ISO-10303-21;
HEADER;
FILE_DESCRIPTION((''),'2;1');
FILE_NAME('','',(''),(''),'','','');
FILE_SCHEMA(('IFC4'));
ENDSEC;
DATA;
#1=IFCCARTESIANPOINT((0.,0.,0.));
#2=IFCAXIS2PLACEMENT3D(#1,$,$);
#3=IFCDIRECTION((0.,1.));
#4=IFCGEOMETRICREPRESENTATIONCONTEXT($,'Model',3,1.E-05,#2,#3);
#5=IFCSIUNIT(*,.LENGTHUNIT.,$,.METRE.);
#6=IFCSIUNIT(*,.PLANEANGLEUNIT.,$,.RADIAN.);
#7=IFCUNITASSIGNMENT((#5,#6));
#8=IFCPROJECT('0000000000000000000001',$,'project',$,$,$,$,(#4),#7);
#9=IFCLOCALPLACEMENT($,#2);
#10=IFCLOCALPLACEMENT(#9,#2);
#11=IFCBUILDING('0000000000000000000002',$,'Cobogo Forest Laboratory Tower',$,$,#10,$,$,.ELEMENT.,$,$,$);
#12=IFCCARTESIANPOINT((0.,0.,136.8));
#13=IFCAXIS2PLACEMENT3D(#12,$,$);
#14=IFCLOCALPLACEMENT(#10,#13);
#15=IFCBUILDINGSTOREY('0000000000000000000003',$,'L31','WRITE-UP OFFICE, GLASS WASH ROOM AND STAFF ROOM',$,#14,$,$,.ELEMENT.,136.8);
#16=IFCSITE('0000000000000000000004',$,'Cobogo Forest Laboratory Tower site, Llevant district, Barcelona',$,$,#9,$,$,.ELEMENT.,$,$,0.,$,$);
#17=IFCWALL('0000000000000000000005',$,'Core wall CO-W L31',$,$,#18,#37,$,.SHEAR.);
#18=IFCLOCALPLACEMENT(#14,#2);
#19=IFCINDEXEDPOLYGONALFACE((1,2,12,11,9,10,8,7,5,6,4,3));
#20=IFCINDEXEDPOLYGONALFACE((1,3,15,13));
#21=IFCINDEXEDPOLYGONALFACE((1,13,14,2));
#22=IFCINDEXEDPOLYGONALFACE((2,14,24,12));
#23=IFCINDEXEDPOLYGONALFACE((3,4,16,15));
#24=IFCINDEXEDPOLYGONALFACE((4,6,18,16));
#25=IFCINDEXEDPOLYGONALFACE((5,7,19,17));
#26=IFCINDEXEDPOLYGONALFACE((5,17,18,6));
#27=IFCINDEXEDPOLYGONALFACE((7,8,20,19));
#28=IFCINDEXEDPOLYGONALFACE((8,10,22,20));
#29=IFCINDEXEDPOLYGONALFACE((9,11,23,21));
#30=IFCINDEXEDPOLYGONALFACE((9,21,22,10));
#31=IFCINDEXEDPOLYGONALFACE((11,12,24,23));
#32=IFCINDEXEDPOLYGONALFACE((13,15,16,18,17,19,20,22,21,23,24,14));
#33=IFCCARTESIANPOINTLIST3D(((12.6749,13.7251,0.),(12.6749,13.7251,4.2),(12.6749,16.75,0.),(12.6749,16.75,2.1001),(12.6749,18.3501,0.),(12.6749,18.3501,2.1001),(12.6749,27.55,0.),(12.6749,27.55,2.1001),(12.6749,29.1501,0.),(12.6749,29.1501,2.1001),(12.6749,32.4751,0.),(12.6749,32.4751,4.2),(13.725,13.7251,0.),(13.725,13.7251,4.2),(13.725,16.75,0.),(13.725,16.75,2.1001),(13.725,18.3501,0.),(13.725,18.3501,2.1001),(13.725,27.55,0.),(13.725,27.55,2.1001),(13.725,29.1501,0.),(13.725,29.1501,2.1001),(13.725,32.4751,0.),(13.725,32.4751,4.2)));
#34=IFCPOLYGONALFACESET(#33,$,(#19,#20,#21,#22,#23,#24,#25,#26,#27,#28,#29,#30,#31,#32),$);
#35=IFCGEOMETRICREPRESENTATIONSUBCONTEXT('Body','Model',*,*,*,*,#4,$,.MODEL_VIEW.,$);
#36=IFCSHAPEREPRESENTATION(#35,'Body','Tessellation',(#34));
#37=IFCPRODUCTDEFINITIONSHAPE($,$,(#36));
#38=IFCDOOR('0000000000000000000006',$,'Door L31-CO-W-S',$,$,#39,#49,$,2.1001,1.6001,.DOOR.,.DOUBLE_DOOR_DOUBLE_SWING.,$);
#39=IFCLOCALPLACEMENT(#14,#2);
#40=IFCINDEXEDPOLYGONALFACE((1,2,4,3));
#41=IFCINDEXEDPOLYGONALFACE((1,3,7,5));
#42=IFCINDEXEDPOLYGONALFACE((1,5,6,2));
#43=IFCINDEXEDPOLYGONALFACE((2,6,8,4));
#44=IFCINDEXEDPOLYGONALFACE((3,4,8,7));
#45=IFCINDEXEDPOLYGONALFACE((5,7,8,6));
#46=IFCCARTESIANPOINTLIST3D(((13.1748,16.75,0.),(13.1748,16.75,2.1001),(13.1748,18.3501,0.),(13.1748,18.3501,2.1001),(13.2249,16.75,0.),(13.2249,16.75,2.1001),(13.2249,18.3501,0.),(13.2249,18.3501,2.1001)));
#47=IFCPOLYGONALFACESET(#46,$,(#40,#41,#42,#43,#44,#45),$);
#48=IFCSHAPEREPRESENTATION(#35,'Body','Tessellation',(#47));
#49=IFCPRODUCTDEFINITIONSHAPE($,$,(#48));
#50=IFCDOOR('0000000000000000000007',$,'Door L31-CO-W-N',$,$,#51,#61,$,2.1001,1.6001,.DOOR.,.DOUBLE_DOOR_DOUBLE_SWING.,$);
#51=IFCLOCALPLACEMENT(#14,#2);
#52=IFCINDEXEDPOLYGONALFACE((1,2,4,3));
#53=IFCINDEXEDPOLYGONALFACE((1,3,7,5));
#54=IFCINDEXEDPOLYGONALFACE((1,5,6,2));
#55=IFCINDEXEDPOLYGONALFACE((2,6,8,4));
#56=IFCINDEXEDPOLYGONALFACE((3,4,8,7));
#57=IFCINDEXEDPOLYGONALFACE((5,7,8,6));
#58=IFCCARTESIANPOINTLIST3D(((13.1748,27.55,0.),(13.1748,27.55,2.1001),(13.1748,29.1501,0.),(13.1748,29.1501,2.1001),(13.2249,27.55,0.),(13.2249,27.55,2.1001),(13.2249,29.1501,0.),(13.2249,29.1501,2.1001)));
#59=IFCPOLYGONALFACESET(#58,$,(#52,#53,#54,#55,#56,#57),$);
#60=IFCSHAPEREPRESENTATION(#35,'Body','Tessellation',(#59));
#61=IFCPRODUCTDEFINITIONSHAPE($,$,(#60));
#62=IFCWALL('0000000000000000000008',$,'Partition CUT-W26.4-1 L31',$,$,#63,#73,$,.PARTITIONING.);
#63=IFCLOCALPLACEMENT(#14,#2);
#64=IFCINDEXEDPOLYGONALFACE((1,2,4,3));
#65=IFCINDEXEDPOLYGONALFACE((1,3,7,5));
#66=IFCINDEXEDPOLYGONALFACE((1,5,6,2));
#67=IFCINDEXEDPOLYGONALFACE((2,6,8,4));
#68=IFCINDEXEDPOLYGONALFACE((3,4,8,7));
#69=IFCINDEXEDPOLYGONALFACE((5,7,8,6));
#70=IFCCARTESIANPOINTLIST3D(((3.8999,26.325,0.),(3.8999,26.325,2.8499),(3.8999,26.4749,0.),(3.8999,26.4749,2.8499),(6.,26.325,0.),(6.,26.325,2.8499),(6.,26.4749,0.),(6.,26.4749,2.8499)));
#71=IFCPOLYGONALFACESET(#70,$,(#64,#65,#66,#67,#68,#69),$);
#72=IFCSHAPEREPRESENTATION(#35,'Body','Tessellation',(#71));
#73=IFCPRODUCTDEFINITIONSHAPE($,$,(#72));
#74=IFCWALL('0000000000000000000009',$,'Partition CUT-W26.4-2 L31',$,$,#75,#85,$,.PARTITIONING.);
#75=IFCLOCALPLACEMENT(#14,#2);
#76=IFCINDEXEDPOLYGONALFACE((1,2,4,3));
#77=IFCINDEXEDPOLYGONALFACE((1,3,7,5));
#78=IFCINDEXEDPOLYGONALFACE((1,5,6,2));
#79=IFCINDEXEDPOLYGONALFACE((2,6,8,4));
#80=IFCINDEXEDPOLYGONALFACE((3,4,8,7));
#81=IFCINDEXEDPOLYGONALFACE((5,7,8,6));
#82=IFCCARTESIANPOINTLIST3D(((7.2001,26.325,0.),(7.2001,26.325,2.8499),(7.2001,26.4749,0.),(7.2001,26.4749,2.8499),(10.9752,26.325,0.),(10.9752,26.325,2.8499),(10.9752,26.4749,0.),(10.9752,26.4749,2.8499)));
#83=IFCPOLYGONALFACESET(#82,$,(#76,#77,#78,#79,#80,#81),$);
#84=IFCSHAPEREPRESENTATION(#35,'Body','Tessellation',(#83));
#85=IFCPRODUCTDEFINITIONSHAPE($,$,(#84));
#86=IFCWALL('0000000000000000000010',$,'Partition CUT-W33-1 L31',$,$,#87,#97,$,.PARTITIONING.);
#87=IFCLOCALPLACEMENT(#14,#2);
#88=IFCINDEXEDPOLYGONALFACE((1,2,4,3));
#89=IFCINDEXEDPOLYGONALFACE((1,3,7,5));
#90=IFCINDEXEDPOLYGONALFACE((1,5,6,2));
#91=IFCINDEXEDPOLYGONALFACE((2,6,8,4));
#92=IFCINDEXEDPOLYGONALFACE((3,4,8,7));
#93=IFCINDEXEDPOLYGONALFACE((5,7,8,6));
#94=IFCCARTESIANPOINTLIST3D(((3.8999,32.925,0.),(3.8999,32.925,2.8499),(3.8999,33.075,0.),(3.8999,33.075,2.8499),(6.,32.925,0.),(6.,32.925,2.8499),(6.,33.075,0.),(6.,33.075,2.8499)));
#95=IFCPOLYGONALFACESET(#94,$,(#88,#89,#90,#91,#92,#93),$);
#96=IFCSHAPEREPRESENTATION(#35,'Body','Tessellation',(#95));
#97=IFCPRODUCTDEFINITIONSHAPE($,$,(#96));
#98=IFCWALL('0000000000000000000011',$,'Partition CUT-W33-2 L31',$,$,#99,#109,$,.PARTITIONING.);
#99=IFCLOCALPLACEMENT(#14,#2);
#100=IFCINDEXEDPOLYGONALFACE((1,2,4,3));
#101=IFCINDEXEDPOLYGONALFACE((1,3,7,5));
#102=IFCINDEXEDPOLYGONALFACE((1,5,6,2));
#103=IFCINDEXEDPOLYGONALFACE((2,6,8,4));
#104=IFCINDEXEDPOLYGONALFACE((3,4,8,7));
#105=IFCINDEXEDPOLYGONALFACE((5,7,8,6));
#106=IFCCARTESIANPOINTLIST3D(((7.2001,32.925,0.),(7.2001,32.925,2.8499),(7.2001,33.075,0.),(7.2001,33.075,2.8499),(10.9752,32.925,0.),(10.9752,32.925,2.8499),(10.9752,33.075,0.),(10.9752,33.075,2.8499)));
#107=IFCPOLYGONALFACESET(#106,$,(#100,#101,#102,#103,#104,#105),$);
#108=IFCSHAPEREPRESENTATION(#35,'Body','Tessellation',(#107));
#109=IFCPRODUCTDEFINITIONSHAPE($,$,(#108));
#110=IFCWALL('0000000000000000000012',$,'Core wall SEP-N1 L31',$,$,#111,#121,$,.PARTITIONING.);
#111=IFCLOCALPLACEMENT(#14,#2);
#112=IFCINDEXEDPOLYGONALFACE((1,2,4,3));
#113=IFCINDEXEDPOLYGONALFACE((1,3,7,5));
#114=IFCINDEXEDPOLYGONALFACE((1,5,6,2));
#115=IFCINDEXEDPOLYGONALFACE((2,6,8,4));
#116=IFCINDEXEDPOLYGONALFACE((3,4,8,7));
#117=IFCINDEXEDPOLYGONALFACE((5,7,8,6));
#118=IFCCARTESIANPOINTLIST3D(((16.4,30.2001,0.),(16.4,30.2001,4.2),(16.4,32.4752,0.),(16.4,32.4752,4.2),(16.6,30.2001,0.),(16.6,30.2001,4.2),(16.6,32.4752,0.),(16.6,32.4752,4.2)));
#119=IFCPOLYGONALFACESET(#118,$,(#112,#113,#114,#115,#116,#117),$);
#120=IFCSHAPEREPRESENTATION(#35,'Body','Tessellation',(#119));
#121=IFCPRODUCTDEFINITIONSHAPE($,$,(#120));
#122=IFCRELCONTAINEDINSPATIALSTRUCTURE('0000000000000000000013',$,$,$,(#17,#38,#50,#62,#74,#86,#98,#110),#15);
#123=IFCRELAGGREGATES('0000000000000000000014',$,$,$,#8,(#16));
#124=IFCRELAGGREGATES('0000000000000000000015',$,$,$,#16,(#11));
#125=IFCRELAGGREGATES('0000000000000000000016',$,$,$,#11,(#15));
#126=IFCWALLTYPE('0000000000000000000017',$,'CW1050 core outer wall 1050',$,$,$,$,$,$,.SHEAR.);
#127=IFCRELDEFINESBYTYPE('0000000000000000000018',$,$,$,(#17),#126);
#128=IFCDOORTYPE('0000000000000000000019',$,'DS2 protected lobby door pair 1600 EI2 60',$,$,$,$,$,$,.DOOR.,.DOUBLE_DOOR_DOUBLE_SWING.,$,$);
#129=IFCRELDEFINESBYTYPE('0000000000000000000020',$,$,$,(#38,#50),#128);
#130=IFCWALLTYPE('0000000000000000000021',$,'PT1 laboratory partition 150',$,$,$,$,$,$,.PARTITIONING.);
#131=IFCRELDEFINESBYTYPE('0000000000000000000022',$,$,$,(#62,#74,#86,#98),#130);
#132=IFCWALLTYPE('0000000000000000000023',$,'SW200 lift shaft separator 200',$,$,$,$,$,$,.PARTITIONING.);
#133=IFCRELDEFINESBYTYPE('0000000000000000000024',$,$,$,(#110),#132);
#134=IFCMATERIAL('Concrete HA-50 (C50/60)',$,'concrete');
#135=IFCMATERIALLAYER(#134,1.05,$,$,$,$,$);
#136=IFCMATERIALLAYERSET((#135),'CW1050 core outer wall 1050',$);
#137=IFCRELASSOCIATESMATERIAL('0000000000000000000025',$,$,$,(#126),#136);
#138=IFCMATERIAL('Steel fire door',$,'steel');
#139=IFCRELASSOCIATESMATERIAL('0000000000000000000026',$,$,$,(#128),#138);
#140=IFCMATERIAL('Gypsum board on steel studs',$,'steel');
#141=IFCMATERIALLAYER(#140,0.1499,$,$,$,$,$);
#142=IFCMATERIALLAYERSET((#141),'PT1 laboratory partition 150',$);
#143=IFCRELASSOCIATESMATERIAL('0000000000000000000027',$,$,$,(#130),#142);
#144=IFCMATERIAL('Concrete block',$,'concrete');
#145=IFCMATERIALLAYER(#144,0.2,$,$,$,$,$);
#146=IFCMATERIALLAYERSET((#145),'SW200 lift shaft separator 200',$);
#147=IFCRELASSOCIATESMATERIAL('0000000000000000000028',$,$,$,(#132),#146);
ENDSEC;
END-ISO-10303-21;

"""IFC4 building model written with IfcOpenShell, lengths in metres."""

from ifc_helpers import new_model, si_unit, direction, frame, frame_2d, origin, place, context, subcontext, project, spatial, rectangle, extrude, material, layer, layer_set, type_object, element, fill, save


model = new_model("IFC4")

# Units and contexts
model_context = context("Model", 3, precision=1e-05, world=origin(), true_north=direction((0.0, 1.0)))
body_context = subcontext(model_context, "Body", "Model", "MODEL_VIEW")
ifc_project = project(units=[si_unit("LENGTHUNIT", "METRE"), si_unit("PLANEANGLEUNIT", "RADIAN")], contexts=[model_context])

# Site, building, storey
site_placement = place(None, origin())
site = spatial("IfcSite", under=ifc_project, at=site_placement, Name="Cobogo Forest Laboratory Tower site, Llevant district, Barcelona", CompositionType="ELEMENT", RefElevation=0.0)
building_placement = place(site_placement, origin())
building = spatial("IfcBuilding", under=site, at=building_placement, Name="Cobogo Forest Laboratory Tower", CompositionType="ELEMENT")
storey_placement = place(building_placement, frame((0.0, 0.0, 136.8)))
storey = spatial("IfcBuildingStorey", under=building, at=storey_placement, Name="L31", Description="WRITE-UP OFFICE, GLASS WASH ROOM AND STAFF ROOM", CompositionType="ELEMENT", Elevation=136.8)

# Shared definitions
ifc_material_1 = material(Name="Concrete HA-50 (C50/60)", Category="concrete")

# Shared definitions
ifc_material_2 = material(Name="Steel fire door", Category="steel")

# Wall, openings, doors
ifc_layer_1 = layer(ifc_material_1, 1.05)
ifc_layer_set_1 = layer_set([ifc_layer_1], Name="CW1050 core outer wall 1050")
wall_type_1 = type_object("IfcWallType", Name="CW1050 core outer wall 1050", PredefinedType="SHEAR", material=ifc_layer_set_1)
wall_1_placement = place(storey_placement, frame((13.2, 32.4751, 0.0), z_axis=(0.0, 0.0, 1.0), x_axis=(0.0, -1.0, 0.0)))
wall_1 = element("IfcWall", 1, at=wall_1_placement, inside=storey, type_object=wall_type_1, Name="Core wall CO-W L31", PredefinedType="SHEAR", context=body_context, shape_type="SweptSolid", body=[
    extrude(rectangle(XDim=18.75, YDim=1.05, at=frame_2d((9.375, 0.0))), origin(), (0.0, 0.0, 1.0), 4.2),
])
opening_1_placement = place(wall_1_placement, frame((14.125, 0.0, 0.0)))
opening_1 = element("IfcOpeningElement", 2, at=opening_1_placement, cuts=wall_1, PredefinedType="OPENING", context=body_context, shape_type="SweptSolid", body=[
    extrude(rectangle(XDim=1.6001, YDim=2.1001, at=frame_2d((0.8, 1.05))), frame((0.0, 0.5349, 0.0), z_axis=(0.0, -1.0, 0.0), x_axis=(1.0, 0.0, 0.0)), (0.0, 0.0, 1.0), 1.0701),
])
opening_2_placement = place(wall_1_placement, frame((3.325, 0.0, 0.0)))
opening_2 = element("IfcOpeningElement", 3, at=opening_2_placement, cuts=wall_1, PredefinedType="OPENING", context=body_context, shape_type="SweptSolid", body=[
    extrude(rectangle(XDim=1.6001, YDim=2.1001, at=frame_2d((0.8, 1.05))), frame((0.0, 0.5349, 0.0), z_axis=(0.0, -1.0, 0.0), x_axis=(1.0, 0.0, 0.0)), (0.0, 0.0, 1.0), 1.0701),
])
door_type_1 = type_object("IfcDoorType", Name="DS2 protected lobby door pair 1600 EI2 60", OperationType="DOUBLE_DOOR_DOUBLE_SWING", PredefinedType="DOOR", material=ifc_material_2)
door_1_placement = place(opening_1_placement, origin())
door_1 = element("IfcDoor", 4, at=door_1_placement, inside=storey, type_object=door_type_1, Name="Door L31-CO-W-S", OperationType="DOUBLE_DOOR_DOUBLE_SWING", OverallHeight=2.1001, OverallWidth=1.6001, PredefinedType="DOOR", context=body_context, shape_type="SweptSolid", body=[
    extrude(rectangle(XDim=1.6001, YDim=2.1001, at=frame_2d((0.8, 1.05))), frame((0.0, 0.0249, 0.0), z_axis=(0.0, -1.0, 0.0), x_axis=(1.0, 0.0, 0.0)), (0.0, 0.0, 1.0), 0.05),
])
fill(opening_1, door_1)
door_2_placement = place(opening_2_placement, origin())
door_2 = element("IfcDoor", 5, at=door_2_placement, inside=storey, type_object=door_type_1, Name="Door L31-CO-W-N", OperationType="DOUBLE_DOOR_DOUBLE_SWING", OverallHeight=2.1001, OverallWidth=1.6001, PredefinedType="DOOR", context=body_context, shape_type="SweptSolid", body=[
    extrude(rectangle(XDim=1.6001, YDim=2.1001, at=frame_2d((0.8, 1.05))), frame((0.0, 0.0249, 0.0), z_axis=(0.0, -1.0, 0.0), x_axis=(1.0, 0.0, 0.0)), (0.0, 0.0, 1.0), 0.05),
])
fill(opening_2, door_2)

# Walls
ifc_material_3 = material(Name="Gypsum board on steel studs", Category="steel")
ifc_layer_2 = layer(ifc_material_3, 0.1499)
ifc_layer_set_2 = layer_set([ifc_layer_2], Name="PT1 laboratory partition 150")
wall_type_2 = type_object("IfcWallType", Name="PT1 laboratory partition 150", PredefinedType="PARTITIONING", material=ifc_layer_set_2)
wall_2_placement = place(storey_placement, frame((3.8999, 26.3999, 0.0), z_axis=(0.0, 0.0, 1.0), x_axis=(1.0, 0.0, 0.0)))
element("IfcWall", 6, at=wall_2_placement, inside=storey, type_object=wall_type_2, Name="Partition CUT-W26.4-1 L31", PredefinedType="PARTITIONING", context=body_context, shape_type="SweptSolid", body=[
    extrude(rectangle(XDim=2.1001, YDim=0.1499, at=frame_2d((1.05, 0.0))), origin(), (0.0, 0.0, 1.0), 2.8499),
])
wall_3_placement = place(storey_placement, frame((7.2, 26.3999, 0.0), z_axis=(0.0, 0.0, 1.0), x_axis=(1.0, 0.0, 0.0)))
element("IfcWall", 7, at=wall_3_placement, inside=storey, type_object=wall_type_2, Name="Partition CUT-W26.4-2 L31", PredefinedType="PARTITIONING", context=body_context, shape_type="SweptSolid", body=[
    extrude(rectangle(XDim=3.7751, YDim=0.1499, at=frame_2d((1.8877, 0.0))), origin(), (0.0, 0.0, 1.0), 2.8499),
])
wall_4_placement = place(storey_placement, frame((3.8999, 33.0, 0.0), z_axis=(0.0, 0.0, 1.0), x_axis=(1.0, 0.0, 0.0)))
element("IfcWall", 8, at=wall_4_placement, inside=storey, type_object=wall_type_2, Name="Partition CUT-W33-1 L31", PredefinedType="PARTITIONING", context=body_context, shape_type="SweptSolid", body=[
    extrude(rectangle(XDim=2.1001, YDim=0.1499, at=frame_2d((1.05, 0.0))), origin(), (0.0, 0.0, 1.0), 2.8499),
])
wall_5_placement = place(storey_placement, frame((7.2, 33.0, 0.0), z_axis=(0.0, 0.0, 1.0), x_axis=(1.0, 0.0, 0.0)))
element("IfcWall", 9, at=wall_5_placement, inside=storey, type_object=wall_type_2, Name="Partition CUT-W33-2 L31", PredefinedType="PARTITIONING", context=body_context, shape_type="SweptSolid", body=[
    extrude(rectangle(XDim=3.7751, YDim=0.1499, at=frame_2d((1.8877, 0.0))), origin(), (0.0, 0.0, 1.0), 2.8499),
])
ifc_material_4 = material(Name="Concrete block", Category="concrete")
ifc_layer_3 = layer(ifc_material_4, 0.2)
ifc_layer_set_3 = layer_set([ifc_layer_3], Name="SW200 lift shaft separator 200")
wall_type_3 = type_object("IfcWallType", Name="SW200 lift shaft separator 200", PredefinedType="PARTITIONING", material=ifc_layer_set_3)
wall_6_placement = place(storey_placement, frame((16.5, 30.2, 0.0), z_axis=(0.0, 0.0, 1.0), x_axis=(0.0, 1.0, 0.0)))
element("IfcWall", 10, at=wall_6_placement, inside=storey, type_object=wall_type_3, Name="Core wall SEP-N1 L31", PredefinedType="PARTITIONING", context=body_context, shape_type="SweptSolid", body=[
    extrude(rectangle(XDim=2.2751, YDim=0.2, at=frame_2d((1.1377, 0.0))), origin(), (0.0, 0.0, 1.0), 4.2),
])

save(model, "model.ifc")
